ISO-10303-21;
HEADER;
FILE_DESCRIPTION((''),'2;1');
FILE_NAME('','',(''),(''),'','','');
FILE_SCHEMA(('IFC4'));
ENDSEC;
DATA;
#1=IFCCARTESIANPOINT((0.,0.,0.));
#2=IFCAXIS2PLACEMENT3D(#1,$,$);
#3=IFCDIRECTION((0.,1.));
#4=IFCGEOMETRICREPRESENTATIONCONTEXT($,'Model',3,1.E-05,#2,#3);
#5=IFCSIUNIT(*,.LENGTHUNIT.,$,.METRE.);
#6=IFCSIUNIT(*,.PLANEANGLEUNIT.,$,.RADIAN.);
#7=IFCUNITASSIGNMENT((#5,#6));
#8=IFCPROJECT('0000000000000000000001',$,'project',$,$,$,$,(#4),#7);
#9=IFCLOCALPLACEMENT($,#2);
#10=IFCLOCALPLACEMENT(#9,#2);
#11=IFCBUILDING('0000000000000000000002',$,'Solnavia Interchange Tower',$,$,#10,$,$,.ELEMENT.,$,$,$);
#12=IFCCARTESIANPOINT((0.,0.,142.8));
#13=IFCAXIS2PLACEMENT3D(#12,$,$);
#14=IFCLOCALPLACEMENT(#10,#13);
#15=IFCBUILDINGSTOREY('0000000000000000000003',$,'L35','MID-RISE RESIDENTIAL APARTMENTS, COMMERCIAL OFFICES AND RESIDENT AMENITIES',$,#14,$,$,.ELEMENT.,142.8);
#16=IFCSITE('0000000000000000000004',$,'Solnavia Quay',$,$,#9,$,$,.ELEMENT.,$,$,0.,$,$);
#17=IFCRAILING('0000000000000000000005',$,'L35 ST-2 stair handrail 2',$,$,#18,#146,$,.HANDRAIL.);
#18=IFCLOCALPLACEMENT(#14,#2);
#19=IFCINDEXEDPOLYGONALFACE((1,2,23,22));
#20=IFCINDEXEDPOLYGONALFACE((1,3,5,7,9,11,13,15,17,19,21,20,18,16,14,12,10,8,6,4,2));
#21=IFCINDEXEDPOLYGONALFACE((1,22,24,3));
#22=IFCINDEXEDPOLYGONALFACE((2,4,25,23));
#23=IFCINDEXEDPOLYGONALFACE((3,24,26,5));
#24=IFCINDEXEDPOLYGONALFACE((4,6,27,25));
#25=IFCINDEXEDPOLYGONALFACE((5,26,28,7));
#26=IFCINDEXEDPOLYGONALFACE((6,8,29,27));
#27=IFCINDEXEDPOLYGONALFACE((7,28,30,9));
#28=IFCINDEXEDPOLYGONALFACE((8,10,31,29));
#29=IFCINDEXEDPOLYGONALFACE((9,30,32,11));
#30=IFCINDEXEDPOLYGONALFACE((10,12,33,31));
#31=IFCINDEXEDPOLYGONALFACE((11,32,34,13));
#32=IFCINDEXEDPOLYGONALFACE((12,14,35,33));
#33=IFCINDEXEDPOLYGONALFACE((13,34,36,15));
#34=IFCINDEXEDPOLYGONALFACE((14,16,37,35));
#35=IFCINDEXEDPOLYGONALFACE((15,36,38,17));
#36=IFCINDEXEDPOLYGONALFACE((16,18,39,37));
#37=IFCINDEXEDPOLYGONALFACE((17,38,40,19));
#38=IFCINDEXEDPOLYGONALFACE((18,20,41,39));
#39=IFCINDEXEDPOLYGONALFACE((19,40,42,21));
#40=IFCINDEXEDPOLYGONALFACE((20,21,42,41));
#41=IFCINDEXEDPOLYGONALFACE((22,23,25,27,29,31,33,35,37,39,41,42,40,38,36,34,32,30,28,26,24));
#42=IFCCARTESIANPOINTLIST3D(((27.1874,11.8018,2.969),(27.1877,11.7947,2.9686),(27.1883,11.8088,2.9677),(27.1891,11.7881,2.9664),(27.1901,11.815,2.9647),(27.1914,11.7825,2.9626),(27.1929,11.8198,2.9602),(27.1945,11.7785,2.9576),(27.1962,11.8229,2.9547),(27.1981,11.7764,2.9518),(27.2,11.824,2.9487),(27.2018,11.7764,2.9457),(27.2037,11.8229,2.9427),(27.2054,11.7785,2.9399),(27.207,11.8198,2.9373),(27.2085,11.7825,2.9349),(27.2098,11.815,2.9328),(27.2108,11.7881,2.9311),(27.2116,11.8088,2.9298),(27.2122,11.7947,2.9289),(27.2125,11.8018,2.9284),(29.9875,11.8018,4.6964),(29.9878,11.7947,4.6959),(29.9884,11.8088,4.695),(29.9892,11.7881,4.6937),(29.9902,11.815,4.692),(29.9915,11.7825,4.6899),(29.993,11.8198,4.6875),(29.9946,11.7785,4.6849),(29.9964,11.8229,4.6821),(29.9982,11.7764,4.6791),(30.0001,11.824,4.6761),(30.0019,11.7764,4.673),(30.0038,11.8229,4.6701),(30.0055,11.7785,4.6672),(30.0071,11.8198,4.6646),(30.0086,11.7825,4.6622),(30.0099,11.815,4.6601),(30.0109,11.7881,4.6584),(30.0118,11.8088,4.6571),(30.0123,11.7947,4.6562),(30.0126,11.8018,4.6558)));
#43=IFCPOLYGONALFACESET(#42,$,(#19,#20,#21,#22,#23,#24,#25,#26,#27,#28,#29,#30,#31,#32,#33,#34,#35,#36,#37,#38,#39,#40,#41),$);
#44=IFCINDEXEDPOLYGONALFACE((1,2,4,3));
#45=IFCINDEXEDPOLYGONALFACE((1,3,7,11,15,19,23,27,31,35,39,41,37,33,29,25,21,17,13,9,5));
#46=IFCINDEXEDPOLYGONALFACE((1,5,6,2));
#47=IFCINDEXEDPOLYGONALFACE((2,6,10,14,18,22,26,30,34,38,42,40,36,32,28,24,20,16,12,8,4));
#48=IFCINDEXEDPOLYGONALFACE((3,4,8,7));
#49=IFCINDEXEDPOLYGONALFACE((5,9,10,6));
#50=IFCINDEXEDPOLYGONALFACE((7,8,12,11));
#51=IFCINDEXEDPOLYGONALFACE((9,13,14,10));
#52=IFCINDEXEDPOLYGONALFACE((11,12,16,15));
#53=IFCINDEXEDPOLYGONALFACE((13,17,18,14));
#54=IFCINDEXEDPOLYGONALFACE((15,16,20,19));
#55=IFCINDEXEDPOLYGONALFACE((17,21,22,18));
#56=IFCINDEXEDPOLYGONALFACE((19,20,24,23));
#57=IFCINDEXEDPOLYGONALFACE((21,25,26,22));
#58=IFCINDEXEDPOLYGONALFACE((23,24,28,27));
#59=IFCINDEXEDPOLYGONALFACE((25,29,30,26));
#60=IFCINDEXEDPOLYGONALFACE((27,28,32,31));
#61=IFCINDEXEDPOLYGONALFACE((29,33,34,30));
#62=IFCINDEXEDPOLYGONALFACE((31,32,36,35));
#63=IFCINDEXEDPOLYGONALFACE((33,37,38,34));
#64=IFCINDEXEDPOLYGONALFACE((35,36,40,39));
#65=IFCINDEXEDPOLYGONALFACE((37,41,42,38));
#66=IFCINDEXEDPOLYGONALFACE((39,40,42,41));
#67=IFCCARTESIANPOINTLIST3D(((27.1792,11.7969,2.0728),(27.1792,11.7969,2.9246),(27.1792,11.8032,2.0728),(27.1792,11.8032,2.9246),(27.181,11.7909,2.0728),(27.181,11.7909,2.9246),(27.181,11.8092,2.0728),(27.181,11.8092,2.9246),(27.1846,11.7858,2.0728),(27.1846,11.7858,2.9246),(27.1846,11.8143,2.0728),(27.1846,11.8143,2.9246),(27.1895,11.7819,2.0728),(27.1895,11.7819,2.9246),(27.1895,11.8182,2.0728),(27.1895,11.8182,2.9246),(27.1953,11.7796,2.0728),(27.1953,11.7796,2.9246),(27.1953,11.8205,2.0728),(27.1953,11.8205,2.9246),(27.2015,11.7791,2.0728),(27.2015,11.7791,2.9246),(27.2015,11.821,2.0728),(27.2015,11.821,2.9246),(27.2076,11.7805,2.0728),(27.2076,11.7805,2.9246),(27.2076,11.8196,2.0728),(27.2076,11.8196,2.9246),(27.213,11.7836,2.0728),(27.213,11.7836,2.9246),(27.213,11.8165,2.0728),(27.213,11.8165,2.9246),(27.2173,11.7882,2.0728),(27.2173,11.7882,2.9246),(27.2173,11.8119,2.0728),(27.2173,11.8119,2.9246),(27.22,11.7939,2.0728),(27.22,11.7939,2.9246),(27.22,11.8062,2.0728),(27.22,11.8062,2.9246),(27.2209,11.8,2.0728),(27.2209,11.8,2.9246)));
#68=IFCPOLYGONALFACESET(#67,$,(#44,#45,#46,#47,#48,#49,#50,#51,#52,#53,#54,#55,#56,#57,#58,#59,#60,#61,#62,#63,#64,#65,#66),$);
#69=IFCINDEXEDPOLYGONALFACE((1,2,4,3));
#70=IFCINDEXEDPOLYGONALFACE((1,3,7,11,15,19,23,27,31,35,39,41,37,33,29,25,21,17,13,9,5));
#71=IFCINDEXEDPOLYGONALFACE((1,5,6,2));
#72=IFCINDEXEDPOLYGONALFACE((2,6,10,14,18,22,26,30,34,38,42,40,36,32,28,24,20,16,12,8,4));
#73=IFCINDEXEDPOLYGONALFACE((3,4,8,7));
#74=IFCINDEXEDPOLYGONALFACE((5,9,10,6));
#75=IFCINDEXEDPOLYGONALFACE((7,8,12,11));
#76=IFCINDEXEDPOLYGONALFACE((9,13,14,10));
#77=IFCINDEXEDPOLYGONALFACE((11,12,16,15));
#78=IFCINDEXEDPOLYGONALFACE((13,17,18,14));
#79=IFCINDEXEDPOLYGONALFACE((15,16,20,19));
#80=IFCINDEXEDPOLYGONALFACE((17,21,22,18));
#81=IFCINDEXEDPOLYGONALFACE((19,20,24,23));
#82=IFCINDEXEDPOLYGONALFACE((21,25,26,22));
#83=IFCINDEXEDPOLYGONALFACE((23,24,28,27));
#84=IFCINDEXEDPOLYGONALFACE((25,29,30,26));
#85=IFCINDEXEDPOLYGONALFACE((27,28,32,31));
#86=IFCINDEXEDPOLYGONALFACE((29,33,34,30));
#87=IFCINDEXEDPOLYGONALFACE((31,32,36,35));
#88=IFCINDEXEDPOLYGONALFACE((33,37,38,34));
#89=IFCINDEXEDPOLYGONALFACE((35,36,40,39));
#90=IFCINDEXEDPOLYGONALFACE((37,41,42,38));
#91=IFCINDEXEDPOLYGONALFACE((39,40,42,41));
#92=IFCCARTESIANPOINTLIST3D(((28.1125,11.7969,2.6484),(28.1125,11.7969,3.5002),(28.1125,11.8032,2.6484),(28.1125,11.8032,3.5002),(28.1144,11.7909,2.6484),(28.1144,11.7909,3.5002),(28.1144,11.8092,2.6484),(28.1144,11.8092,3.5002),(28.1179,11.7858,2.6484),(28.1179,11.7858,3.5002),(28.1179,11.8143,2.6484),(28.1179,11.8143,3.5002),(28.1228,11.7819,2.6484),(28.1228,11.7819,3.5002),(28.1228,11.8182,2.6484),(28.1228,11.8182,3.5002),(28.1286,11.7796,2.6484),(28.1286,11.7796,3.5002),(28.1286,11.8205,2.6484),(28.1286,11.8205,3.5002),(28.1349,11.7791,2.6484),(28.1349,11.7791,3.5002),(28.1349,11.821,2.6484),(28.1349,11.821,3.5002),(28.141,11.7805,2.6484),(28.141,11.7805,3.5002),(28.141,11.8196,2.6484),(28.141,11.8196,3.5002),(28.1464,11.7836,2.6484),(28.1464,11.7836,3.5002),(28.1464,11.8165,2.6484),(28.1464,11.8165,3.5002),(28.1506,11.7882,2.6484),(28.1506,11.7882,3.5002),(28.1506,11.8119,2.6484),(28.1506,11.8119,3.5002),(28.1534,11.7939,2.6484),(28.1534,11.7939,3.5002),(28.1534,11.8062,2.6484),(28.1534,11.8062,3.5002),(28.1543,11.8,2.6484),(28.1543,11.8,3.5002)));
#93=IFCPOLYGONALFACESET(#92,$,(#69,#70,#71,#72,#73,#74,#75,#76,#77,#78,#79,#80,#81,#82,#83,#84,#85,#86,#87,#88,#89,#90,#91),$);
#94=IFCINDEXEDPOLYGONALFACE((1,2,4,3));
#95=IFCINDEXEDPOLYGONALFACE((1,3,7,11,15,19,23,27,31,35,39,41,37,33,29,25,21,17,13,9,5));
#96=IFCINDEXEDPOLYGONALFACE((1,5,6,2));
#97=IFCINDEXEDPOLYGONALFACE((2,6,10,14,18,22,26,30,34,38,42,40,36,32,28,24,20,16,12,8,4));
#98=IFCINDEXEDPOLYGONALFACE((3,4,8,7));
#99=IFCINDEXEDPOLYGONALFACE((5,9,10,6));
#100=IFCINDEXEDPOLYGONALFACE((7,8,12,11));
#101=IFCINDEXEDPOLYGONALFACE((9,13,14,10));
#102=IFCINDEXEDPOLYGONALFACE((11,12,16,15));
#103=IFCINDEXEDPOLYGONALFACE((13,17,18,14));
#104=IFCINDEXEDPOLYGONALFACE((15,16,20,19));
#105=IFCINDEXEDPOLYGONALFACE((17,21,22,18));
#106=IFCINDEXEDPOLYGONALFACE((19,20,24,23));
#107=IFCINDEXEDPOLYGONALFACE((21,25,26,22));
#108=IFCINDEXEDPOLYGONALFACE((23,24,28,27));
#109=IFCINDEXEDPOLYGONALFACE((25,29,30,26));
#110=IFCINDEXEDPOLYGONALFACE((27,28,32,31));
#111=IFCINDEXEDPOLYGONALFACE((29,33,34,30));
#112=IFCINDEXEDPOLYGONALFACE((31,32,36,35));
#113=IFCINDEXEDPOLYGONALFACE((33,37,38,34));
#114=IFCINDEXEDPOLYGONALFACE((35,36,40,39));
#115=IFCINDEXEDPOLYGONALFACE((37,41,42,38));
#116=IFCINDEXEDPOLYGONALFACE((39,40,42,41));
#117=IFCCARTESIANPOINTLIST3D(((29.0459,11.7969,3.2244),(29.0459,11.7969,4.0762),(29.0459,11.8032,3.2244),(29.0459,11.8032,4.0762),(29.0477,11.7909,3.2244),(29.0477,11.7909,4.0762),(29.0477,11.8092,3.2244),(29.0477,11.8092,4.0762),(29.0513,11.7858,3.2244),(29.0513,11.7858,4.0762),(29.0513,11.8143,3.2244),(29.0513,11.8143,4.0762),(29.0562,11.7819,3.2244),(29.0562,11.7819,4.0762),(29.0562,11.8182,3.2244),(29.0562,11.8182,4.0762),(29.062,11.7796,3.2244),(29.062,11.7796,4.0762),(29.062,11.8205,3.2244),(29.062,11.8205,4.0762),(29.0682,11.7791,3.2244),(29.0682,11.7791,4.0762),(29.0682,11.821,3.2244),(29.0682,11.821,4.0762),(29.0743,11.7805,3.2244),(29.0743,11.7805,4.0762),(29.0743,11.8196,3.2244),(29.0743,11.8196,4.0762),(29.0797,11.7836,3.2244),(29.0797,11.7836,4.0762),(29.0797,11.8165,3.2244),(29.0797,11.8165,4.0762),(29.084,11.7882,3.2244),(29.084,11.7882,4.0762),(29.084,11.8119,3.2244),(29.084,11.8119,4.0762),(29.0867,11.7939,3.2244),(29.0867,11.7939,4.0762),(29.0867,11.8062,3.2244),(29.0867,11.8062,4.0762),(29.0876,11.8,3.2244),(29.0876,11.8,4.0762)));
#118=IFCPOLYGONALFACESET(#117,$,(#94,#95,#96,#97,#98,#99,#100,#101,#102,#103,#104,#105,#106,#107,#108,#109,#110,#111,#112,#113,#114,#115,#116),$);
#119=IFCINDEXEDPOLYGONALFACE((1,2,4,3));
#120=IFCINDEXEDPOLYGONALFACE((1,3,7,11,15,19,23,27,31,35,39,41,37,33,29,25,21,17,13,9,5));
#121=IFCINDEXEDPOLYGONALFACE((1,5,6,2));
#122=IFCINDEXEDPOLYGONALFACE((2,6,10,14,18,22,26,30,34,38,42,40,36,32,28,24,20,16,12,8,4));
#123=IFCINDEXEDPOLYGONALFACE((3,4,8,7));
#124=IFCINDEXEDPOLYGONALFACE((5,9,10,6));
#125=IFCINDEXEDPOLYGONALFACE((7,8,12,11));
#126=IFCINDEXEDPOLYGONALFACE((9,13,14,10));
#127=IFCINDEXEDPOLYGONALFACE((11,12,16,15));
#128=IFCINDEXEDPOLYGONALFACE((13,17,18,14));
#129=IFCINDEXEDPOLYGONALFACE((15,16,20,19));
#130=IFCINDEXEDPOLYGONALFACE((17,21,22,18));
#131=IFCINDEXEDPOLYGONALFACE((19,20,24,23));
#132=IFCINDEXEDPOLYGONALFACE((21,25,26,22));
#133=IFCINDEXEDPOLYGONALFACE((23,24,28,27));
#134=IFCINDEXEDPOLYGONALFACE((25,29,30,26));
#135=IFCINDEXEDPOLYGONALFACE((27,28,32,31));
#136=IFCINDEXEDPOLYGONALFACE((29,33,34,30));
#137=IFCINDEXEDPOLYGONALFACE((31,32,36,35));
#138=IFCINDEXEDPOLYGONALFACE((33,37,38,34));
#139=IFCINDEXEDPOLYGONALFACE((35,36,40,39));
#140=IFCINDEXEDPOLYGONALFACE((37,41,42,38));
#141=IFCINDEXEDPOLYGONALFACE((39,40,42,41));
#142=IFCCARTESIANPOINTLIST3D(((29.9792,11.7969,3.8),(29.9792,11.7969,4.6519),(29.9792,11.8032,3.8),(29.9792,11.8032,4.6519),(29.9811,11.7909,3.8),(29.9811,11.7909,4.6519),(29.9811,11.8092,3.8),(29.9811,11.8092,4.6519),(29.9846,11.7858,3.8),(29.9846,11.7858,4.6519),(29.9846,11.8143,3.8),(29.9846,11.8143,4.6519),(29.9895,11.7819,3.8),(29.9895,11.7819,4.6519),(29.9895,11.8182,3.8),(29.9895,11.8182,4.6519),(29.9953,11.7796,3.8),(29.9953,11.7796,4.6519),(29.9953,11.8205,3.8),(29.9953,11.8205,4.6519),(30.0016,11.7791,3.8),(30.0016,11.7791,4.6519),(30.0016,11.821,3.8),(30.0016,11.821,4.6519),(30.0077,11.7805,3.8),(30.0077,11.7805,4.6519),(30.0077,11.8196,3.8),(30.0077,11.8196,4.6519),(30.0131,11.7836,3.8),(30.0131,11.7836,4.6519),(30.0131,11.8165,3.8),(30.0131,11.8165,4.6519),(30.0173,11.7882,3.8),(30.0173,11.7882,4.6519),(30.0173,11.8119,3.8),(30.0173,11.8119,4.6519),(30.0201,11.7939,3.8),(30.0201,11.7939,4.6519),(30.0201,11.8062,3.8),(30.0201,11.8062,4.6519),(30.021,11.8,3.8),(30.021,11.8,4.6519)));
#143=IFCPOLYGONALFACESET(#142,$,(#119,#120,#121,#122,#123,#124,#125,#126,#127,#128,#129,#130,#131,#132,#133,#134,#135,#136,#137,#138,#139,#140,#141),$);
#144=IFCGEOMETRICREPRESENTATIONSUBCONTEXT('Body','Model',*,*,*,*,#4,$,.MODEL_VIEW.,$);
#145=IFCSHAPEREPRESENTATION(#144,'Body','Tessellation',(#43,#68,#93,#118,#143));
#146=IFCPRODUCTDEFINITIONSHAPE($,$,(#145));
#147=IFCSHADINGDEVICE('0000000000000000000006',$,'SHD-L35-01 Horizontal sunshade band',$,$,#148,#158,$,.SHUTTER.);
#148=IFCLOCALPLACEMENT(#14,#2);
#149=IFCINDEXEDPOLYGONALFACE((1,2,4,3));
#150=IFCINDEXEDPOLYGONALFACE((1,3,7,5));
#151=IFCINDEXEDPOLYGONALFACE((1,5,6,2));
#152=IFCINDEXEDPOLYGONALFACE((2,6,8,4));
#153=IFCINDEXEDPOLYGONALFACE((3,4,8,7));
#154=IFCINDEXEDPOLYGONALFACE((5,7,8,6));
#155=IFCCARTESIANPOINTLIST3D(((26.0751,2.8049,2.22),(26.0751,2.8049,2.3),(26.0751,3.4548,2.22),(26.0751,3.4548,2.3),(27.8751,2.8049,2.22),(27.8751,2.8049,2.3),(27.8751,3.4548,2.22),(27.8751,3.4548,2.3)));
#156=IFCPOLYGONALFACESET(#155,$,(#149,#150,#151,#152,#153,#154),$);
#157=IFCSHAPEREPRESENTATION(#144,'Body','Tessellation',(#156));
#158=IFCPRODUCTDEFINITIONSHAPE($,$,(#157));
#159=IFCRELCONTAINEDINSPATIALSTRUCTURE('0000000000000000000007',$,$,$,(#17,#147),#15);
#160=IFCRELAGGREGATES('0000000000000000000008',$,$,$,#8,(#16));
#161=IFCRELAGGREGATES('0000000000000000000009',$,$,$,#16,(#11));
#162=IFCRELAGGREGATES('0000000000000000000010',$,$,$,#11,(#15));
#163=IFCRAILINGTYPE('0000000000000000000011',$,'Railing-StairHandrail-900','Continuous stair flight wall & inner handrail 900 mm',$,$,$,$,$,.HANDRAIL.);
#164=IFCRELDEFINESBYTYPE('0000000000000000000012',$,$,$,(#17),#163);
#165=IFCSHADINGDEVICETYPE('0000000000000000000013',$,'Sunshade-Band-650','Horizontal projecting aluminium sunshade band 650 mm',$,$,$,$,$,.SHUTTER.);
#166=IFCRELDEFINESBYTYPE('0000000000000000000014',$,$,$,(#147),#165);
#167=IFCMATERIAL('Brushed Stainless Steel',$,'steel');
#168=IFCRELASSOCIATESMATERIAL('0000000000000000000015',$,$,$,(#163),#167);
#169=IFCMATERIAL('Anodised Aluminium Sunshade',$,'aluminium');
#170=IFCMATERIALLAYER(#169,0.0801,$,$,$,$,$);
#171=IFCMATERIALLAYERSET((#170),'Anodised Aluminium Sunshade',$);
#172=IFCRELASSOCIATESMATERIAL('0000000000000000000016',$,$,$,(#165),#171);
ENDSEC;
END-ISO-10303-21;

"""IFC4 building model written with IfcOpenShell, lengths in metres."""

from ifc_helpers import new_model, si_unit, direction, frame, origin, origin_2d, place, context, subcontext, project, spatial, rectangle, circle, extrude, material, layer, layer_set, type_object, element, save


model = new_model("IFC4")

# Units and contexts
model_context = context("Model", 3, precision=1e-05, world=origin(), true_north=direction((0.0, 1.0)))
body_context = subcontext(model_context, "Body", "Model", "MODEL_VIEW")
ifc_project = project(units=[si_unit("LENGTHUNIT", "METRE"), si_unit("PLANEANGLEUNIT", "RADIAN")], contexts=[model_context])

# Site, building, storey
site_placement = place(None, origin())
site = spatial("IfcSite", under=ifc_project, at=site_placement, Name="Solnavia Quay", CompositionType="ELEMENT", RefElevation=0.0)
building_placement = place(site_placement, origin())
building = spatial("IfcBuilding", under=site, at=building_placement, Name="Solnavia Interchange Tower", CompositionType="ELEMENT")
storey_placement = place(building_placement, frame((0.0, 0.0, 142.8)))
storey = spatial("IfcBuildingStorey", under=building, at=storey_placement, Name="L35", Description="MID-RISE RESIDENTIAL APARTMENTS, COMMERCIAL OFFICES AND RESIDENT AMENITIES", CompositionType="ELEMENT", Elevation=142.8)

# Railing
ifc_material_1 = material(Name="Brushed Stainless Steel", Category="steel")
railing_type_1 = type_object("IfcRailingType", Name="Railing-StairHandrail-900", Description="Continuous stair flight wall & inner handrail 900 mm", PredefinedType="HANDRAIL", material=ifc_material_1)
railing_1_placement = place(storey_placement, frame((27.2, 11.8, 2.0728)))
element("IfcRailing", 1, at=railing_1_placement, inside=storey, type_object=railing_type_1, Name="L35 ST-2 stair handrail 2", PredefinedType="HANDRAIL", context=body_context, shape_type="SweptSolid", body=[
    extrude(circle(Radius=0.0239, at=origin_2d()), frame((0.0, 0.0, 0.876), z_axis=(0.85109, 0.0, 0.52502), x_axis=(0.0, 1.0, 0.0)), (0.0, 0.0, 1.0), 3.29),
    extrude(circle(Radius=0.021, at=origin_2d()), origin(), (0.0, 0.0, 1.0), 0.8518),
    extrude(circle(Radius=0.021, at=origin_2d()), frame((0.9333, 0.0, 0.5757)), (0.0, 0.0, 1.0), 0.8518),
    extrude(circle(Radius=0.021, at=origin_2d()), frame((1.8667, 0.0, 1.1516)), (0.0, 0.0, 1.0), 0.8518),
    extrude(circle(Radius=0.021, at=origin_2d()), frame((2.8, 0.0, 1.7273)), (0.0, 0.0, 1.0), 0.8518),
])

# Shading device
ifc_material_2 = material(Name="Anodised Aluminium Sunshade", Category="aluminium")
ifc_layer_1 = layer(ifc_material_2, 0.0801)
ifc_layer_set_1 = layer_set([ifc_layer_1], Name="Anodised Aluminium Sunshade")
shading_device_type = type_object("IfcShadingDeviceType", Name="Sunshade-Band-650", Description="Horizontal projecting aluminium sunshade band 650 mm", PredefinedType="SHUTTER", material=ifc_layer_set_1)
shading_device_placement = place(storey_placement, frame((26.9751, 3.1299, 2.22), z_axis=(0.0, 0.0, 1.0), x_axis=(-1.0, 0.0, 0.0)))
element("IfcShadingDevice", 2, at=shading_device_placement, inside=storey, type_object=shading_device_type, Name="SHD-L35-01 Horizontal sunshade band", PredefinedType="SHUTTER", context=body_context, shape_type="SweptSolid", body=[
    extrude(rectangle(XDim=1.8, YDim=0.6499, at=origin_2d()), origin(), (0.0, 0.0, 1.0), 0.0801),
])

save(model, "model.ifc")
